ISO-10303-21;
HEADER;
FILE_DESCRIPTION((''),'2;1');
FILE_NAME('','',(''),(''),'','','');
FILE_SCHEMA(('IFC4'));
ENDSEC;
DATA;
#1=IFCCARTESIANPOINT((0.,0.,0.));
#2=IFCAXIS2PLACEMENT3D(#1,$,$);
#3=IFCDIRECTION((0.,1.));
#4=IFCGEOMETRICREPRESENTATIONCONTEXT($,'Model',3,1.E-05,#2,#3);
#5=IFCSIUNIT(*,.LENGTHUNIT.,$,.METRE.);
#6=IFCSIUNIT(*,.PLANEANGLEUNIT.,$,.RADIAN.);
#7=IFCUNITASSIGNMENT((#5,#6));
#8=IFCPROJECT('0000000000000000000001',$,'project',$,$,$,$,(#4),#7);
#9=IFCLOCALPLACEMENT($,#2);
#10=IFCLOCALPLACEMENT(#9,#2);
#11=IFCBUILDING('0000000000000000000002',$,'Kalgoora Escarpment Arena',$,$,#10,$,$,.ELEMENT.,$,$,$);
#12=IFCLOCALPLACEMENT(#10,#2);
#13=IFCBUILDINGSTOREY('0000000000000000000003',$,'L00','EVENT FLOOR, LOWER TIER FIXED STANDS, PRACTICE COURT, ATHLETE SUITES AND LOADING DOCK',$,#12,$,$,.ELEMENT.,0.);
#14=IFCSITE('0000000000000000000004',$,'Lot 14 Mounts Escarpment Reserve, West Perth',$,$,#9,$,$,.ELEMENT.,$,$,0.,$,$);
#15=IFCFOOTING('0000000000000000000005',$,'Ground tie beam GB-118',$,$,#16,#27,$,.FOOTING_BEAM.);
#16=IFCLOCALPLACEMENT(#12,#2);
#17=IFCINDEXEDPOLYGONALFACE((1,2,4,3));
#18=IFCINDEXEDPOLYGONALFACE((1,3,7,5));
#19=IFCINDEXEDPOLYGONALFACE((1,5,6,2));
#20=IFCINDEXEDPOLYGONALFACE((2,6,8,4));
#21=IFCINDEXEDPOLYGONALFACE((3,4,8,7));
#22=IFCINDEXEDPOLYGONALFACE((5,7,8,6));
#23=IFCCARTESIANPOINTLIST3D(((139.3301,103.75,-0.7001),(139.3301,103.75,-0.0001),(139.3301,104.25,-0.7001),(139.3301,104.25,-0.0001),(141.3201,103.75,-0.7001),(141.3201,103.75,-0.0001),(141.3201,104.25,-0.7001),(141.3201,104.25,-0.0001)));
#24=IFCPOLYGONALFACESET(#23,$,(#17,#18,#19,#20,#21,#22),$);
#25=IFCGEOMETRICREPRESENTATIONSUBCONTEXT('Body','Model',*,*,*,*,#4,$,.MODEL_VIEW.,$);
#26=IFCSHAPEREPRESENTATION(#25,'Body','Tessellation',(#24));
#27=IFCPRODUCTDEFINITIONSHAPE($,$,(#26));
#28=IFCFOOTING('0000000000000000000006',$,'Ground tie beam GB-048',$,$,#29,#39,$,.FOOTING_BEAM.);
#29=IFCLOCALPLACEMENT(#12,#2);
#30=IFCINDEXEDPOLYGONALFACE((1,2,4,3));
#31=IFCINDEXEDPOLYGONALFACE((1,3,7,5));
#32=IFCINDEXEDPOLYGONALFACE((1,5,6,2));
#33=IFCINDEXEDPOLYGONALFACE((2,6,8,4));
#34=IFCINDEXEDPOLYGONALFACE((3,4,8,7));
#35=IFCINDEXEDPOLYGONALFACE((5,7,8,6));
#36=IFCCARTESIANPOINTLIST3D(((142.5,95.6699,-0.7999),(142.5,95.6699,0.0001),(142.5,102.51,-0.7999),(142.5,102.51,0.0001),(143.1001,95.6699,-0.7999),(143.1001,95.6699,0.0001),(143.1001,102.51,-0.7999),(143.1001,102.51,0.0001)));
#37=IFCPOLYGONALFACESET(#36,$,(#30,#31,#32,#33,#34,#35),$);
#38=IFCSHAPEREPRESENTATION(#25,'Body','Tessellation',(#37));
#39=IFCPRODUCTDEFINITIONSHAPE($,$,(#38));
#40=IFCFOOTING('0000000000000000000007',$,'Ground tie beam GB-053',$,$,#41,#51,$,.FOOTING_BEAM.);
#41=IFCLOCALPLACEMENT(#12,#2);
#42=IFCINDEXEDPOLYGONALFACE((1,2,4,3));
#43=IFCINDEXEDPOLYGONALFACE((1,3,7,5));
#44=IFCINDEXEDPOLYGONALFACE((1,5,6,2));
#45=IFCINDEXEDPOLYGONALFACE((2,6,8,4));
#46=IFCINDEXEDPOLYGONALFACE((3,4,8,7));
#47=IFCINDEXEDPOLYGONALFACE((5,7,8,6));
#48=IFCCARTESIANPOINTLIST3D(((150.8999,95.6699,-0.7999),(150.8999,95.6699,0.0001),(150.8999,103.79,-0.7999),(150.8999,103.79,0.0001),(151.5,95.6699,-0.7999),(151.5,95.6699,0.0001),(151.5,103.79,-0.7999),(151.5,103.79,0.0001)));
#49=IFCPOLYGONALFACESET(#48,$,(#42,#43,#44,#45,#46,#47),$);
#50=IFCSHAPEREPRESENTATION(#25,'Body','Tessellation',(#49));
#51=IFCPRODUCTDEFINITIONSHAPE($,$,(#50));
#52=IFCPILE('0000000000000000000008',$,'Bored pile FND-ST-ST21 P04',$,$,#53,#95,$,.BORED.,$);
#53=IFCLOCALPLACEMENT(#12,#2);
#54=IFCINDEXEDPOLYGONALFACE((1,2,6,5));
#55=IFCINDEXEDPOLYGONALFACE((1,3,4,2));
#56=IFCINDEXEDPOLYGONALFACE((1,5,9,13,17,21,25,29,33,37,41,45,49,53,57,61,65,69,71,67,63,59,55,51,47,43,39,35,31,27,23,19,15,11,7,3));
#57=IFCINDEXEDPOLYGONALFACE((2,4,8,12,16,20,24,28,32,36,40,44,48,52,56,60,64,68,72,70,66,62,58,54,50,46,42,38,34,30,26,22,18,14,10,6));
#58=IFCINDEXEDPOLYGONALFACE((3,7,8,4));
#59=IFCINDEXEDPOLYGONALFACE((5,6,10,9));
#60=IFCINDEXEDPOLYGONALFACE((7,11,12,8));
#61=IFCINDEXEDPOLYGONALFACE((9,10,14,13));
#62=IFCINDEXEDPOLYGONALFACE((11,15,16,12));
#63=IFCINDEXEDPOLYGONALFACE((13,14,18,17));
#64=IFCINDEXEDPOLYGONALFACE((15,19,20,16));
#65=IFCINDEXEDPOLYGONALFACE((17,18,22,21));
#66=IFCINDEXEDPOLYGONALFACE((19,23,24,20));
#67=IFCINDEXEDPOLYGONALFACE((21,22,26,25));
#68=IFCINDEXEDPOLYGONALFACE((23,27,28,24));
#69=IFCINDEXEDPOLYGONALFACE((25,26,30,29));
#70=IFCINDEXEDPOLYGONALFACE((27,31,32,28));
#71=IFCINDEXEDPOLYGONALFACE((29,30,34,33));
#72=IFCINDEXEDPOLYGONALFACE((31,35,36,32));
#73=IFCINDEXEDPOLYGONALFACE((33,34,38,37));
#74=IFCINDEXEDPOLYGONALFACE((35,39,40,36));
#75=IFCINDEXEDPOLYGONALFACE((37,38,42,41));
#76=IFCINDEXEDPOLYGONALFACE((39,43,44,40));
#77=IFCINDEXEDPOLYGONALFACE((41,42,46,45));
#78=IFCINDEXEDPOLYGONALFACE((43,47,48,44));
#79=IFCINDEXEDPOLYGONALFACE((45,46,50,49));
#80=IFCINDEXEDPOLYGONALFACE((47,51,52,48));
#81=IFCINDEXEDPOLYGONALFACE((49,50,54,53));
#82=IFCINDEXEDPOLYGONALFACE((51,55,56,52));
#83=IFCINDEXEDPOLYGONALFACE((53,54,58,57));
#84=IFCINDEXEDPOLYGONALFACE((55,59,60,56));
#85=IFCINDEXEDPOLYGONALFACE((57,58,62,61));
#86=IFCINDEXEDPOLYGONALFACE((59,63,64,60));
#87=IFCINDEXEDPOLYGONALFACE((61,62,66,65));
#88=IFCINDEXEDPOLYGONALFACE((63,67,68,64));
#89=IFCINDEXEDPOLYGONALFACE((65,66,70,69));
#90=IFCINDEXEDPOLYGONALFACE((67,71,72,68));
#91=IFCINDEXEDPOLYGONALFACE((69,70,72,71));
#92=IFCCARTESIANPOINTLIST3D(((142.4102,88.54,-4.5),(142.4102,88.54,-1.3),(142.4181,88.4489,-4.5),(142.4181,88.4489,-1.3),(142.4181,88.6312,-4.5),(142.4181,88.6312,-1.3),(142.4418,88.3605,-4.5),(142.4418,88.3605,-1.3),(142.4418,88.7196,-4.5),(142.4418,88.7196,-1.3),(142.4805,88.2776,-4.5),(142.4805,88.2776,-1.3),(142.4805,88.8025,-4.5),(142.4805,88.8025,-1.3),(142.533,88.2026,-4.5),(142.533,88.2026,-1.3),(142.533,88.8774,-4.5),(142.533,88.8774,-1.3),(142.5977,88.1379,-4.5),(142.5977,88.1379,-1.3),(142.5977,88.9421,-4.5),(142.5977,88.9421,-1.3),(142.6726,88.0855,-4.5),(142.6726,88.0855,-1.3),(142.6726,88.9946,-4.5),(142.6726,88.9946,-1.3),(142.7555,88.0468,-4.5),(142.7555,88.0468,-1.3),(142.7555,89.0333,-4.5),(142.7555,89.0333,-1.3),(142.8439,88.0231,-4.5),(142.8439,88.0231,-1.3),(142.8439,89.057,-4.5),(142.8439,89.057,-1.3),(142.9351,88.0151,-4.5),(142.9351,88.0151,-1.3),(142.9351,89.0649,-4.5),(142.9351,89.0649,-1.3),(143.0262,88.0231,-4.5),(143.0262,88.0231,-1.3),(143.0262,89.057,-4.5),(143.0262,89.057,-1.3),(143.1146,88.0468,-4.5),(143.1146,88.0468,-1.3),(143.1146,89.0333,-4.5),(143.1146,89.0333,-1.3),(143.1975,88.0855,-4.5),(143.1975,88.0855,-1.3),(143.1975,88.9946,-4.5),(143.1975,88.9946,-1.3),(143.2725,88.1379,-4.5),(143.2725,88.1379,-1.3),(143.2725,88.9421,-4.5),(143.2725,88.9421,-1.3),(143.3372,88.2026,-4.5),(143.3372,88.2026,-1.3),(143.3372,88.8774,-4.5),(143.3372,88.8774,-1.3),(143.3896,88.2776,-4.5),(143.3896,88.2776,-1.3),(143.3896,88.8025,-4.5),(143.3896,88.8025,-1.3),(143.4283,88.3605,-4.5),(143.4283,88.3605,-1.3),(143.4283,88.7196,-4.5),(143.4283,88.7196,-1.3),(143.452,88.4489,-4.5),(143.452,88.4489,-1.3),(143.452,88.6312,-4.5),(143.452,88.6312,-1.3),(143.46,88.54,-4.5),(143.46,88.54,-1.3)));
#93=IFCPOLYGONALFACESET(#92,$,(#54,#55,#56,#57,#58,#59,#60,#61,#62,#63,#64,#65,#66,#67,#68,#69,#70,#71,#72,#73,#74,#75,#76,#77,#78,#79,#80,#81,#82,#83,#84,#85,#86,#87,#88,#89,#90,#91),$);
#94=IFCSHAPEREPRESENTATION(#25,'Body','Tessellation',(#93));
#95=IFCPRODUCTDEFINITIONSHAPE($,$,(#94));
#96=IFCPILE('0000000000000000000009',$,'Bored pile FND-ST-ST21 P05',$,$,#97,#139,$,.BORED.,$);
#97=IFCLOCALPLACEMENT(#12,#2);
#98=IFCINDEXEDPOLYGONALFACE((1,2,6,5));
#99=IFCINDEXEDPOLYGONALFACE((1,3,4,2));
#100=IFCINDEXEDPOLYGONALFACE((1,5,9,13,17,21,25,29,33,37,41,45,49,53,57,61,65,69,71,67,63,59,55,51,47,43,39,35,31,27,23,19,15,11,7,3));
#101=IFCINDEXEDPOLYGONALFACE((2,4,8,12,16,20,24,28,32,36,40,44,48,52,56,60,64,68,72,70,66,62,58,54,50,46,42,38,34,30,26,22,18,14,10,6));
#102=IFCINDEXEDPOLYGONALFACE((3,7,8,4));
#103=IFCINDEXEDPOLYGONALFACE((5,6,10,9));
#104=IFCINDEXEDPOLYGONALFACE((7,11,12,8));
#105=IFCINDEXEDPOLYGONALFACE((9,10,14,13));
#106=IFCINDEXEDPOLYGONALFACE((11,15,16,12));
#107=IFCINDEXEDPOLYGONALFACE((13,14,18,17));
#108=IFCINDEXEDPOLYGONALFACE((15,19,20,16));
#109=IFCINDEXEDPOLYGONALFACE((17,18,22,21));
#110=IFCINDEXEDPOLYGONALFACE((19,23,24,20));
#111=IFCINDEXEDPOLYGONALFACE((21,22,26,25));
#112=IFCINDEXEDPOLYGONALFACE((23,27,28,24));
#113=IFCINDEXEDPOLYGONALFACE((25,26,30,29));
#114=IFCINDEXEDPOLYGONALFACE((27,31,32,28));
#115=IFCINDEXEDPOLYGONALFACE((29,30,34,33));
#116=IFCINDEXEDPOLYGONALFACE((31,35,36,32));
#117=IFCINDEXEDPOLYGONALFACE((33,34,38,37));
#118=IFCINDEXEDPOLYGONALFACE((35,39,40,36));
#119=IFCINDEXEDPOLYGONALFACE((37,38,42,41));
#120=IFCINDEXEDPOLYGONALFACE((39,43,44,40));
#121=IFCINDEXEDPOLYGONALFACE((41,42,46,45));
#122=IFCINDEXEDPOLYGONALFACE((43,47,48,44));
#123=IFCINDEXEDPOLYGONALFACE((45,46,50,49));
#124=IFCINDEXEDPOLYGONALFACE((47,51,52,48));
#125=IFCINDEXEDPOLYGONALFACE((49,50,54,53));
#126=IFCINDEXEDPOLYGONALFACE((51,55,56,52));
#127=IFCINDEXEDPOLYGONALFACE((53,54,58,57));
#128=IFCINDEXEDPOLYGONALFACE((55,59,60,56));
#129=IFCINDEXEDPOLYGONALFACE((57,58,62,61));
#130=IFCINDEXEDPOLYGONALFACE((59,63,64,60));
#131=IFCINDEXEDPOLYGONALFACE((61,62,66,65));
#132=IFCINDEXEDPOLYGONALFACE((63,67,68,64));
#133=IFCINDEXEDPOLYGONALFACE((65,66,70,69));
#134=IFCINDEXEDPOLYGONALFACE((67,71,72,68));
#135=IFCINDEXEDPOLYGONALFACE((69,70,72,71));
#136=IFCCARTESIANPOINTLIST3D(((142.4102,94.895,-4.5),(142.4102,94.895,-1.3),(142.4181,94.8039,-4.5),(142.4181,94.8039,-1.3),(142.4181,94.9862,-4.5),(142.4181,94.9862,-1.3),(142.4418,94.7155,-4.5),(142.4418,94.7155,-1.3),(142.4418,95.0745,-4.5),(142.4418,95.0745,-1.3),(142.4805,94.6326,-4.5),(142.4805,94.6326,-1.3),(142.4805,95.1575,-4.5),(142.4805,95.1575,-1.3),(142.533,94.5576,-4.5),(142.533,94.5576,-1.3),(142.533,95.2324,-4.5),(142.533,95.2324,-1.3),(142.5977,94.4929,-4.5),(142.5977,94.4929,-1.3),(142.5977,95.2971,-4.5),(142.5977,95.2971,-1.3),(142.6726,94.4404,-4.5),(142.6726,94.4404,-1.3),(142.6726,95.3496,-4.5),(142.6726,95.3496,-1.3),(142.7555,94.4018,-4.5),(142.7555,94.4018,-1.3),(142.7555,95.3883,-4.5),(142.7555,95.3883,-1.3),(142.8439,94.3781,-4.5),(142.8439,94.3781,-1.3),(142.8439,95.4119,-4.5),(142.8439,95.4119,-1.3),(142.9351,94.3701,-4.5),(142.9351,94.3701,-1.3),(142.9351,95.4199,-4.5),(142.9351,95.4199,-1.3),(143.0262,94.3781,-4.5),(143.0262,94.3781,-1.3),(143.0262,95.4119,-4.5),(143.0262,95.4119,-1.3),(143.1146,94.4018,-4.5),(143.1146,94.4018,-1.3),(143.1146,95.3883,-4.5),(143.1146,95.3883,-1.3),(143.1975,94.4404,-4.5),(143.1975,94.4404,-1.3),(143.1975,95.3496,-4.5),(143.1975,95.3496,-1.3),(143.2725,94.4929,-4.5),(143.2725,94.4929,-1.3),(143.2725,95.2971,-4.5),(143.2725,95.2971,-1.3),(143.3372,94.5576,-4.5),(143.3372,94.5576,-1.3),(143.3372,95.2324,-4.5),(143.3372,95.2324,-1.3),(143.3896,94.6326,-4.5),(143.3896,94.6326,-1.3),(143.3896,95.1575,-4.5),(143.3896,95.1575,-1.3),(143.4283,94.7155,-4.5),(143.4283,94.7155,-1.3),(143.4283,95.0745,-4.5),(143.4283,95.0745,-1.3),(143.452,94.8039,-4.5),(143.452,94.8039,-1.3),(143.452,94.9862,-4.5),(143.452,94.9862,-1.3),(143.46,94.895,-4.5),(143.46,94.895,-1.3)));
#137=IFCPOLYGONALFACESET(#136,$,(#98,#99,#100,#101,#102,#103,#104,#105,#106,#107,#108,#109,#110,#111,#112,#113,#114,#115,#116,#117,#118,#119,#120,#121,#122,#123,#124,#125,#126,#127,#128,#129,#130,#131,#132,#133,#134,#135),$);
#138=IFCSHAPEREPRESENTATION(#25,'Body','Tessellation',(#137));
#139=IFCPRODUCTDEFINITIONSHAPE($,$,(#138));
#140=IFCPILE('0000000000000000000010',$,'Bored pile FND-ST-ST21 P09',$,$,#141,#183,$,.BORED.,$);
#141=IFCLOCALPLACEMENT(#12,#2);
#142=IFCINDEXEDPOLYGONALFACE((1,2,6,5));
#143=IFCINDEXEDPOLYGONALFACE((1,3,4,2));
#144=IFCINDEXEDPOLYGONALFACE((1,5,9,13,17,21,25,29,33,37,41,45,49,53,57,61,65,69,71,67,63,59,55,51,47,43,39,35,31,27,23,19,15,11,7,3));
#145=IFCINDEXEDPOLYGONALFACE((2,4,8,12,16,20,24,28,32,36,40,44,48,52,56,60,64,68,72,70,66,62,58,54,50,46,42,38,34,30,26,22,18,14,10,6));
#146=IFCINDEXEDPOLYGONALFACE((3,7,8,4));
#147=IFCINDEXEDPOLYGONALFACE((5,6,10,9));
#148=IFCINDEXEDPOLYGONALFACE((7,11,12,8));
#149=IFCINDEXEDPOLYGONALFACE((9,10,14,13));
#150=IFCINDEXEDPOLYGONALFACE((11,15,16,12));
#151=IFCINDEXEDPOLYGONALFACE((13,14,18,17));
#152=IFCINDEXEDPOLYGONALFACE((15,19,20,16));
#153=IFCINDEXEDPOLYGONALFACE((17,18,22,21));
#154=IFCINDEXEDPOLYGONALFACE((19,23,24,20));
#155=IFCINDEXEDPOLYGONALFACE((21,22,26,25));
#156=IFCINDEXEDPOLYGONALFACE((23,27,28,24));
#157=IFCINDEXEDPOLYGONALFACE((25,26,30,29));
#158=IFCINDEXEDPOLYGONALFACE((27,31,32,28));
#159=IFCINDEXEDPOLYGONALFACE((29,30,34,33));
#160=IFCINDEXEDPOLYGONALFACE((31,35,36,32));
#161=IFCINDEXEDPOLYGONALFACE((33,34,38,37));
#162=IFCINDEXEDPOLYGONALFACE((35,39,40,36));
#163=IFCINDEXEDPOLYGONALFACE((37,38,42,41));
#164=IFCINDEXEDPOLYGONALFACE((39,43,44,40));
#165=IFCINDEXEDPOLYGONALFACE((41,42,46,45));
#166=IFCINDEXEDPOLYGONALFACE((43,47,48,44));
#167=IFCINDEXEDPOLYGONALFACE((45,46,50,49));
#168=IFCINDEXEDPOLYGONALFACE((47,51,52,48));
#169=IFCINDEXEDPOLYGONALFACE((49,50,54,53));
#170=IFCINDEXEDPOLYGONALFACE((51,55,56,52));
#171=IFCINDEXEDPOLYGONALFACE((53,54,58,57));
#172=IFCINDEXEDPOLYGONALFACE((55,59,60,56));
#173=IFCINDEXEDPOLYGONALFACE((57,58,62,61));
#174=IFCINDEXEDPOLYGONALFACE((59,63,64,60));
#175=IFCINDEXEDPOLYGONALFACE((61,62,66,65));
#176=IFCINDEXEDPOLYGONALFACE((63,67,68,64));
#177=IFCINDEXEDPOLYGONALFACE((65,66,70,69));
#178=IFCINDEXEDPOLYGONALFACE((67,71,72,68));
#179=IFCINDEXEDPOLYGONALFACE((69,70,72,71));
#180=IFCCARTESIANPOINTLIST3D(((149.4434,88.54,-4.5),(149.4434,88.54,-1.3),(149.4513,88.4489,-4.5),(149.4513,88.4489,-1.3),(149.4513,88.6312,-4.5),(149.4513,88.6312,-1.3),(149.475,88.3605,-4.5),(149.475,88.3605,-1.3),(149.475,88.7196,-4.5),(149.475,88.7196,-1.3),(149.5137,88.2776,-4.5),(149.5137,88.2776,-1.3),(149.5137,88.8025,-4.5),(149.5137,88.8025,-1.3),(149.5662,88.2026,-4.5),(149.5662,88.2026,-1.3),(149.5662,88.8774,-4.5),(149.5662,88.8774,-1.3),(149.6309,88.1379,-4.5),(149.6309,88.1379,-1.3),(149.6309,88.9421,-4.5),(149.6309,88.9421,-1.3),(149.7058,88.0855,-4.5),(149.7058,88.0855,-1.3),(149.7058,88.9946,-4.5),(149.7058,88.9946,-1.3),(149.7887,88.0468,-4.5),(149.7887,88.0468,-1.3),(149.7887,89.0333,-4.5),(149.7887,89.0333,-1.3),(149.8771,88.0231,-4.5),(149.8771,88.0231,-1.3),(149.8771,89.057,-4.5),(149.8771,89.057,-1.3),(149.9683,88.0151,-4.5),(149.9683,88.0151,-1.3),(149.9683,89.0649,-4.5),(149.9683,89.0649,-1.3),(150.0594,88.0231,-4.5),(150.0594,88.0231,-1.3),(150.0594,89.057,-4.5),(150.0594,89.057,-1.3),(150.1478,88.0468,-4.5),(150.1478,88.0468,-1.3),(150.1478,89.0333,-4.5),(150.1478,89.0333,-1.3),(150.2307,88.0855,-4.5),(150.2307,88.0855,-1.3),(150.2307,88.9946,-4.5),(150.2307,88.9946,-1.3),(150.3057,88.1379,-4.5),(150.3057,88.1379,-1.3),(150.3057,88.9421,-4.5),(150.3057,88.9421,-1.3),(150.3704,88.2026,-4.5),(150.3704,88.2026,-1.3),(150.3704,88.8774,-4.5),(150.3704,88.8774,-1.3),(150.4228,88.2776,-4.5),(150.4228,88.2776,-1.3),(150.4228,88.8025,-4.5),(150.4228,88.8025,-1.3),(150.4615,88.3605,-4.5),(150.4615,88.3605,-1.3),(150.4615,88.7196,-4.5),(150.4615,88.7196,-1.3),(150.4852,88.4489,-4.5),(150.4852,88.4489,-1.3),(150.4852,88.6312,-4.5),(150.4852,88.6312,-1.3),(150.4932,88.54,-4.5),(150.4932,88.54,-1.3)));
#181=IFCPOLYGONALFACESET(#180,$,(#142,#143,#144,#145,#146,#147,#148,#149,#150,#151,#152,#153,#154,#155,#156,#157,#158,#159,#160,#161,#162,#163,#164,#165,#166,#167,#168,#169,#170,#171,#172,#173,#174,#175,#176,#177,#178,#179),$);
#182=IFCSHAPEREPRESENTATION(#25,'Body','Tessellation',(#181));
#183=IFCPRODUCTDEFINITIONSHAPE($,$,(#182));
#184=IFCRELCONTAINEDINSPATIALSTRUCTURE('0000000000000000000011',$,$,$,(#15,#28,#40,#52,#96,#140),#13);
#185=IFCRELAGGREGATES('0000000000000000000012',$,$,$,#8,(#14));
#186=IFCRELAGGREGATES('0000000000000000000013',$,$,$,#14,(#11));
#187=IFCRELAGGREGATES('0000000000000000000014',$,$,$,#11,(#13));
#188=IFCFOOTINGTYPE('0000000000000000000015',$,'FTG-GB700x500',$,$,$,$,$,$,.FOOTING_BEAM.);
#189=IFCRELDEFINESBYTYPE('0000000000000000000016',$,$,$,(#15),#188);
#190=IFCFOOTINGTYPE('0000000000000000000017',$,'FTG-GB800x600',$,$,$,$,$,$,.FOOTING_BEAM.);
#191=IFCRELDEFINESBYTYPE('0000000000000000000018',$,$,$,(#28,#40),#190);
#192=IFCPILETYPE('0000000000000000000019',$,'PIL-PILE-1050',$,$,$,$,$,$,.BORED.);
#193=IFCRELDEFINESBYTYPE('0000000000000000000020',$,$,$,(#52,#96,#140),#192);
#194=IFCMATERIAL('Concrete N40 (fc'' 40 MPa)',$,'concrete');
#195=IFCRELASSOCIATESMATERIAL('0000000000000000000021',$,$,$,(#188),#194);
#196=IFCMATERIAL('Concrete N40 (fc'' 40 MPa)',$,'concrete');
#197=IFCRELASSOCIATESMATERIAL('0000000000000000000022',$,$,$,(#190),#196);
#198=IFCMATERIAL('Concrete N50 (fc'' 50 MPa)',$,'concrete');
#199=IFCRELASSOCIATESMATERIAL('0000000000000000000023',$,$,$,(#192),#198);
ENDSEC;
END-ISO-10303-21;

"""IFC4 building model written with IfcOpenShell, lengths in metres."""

from ifc_helpers import new_model, si_unit, direction, frame, origin, origin_2d, place, context, subcontext, project, spatial, rectangle, circle, extrude, material, material_profile, profile_set, type_object, element, save


model = new_model("IFC4")

# Units and contexts
model_context = context("Model", 3, precision=1e-05, world=origin(), true_north=direction((0.0, 1.0)))
body_context = subcontext(model_context, "Body", "Model", "MODEL_VIEW")
ifc_project = project(units=[si_unit("LENGTHUNIT", "METRE"), si_unit("PLANEANGLEUNIT", "RADIAN")], contexts=[model_context])

# Site, building, storey
site_placement = place(None, origin())
site = spatial("IfcSite", under=ifc_project, at=site_placement, Name="Lot 14 Mounts Escarpment Reserve, West Perth", CompositionType="ELEMENT", RefElevation=0.0)
building_placement = place(site_placement, origin())
building = spatial("IfcBuilding", under=site, at=building_placement, Name="Kalgoora Escarpment Arena", CompositionType="ELEMENT")
storey_placement = place(building_placement, origin())
storey = spatial("IfcBuildingStorey", under=building, at=storey_placement, Name="L00", Description="EVENT FLOOR, LOWER TIER FIXED STANDS, PRACTICE COURT, ATHLETE SUITES AND LOADING DOCK", CompositionType="ELEMENT", Elevation=0.0)

# Footings
ifc_material_1 = material(Name="Concrete N40 (fc' 40 MPa)", Category="concrete")
ifc_material_profile_1 = material_profile(ifc_material_1, rectangle(XDim=0.5, YDim=0.7, at=origin_2d()))
ifc_profile_set_1 = profile_set([ifc_material_profile_1], Name="Concrete N40 (fc' 40 MPa)")
footing_type_1 = type_object("IfcFootingType", Name="FTG-GB700x500", PredefinedType="FOOTING_BEAM", material=ifc_profile_set_1)
footing_1_placement = place(storey_placement, frame((139.3301, 104.0, -0.3501), z_axis=(1.0, 0.0, 0.0), x_axis=(0.0, 1.0, 0.0)))
element("IfcFooting", 1, at=footing_1_placement, inside=storey, type_object=footing_type_1, Name="Ground tie beam GB-118", PredefinedType="FOOTING_BEAM", context=body_context, shape_type="SweptSolid", body=[
    extrude(rectangle(XDim=0.5, YDim=0.7, at=origin_2d()), origin(), (0.0, 0.0, 1.0), 1.99),
])
ifc_material_2 = material(Name="Concrete N40 (fc' 40 MPa)", Category="concrete")
ifc_material_profile_2 = material_profile(ifc_material_2, rectangle(XDim=0.6001, YDim=0.8, at=origin_2d()))
ifc_profile_set_2 = profile_set([ifc_material_profile_2], Name="Concrete N40 (fc' 40 MPa)")
footing_type_2 = type_object("IfcFootingType", Name="FTG-GB800x600", PredefinedType="FOOTING_BEAM", material=ifc_profile_set_2)
footing_2_placement = place(storey_placement, frame((142.8, 95.6699, -0.3999), z_axis=(0.0, 1.0, 0.0), x_axis=(-1.0, 0.0, 0.0)))
element("IfcFooting", 2, at=footing_2_placement, inside=storey, type_object=footing_type_2, Name="Ground tie beam GB-048", PredefinedType="FOOTING_BEAM", context=body_context, shape_type="SweptSolid", body=[
    extrude(rectangle(XDim=0.6001, YDim=0.8, at=origin_2d()), origin(), (0.0, 0.0, 1.0), 6.8401),
])
footing_3_placement = place(storey_placement, frame((151.2, 95.6699, -0.3999), z_axis=(0.0, 1.0, 0.0), x_axis=(-1.0, 0.0, 0.0)))
element("IfcFooting", 3, at=footing_3_placement, inside=storey, type_object=footing_type_2, Name="Ground tie beam GB-053", PredefinedType="FOOTING_BEAM", context=body_context, shape_type="SweptSolid", body=[
    extrude(rectangle(XDim=0.6001, YDim=0.8, at=origin_2d()), origin(), (0.0, 0.0, 1.0), 8.1201),
])

# Piles
ifc_material_3 = material(Name="Concrete N50 (fc' 50 MPa)", Category="concrete")
ifc_material_profile_3 = material_profile(ifc_material_3, circle(Radius=0.5249, at=origin_2d()))
ifc_profile_set_3 = profile_set([ifc_material_profile_3], Name="Concrete N50 (fc' 50 MPa)")
pile_type_1 = type_object("IfcPileType", Name="PIL-PILE-1050", PredefinedType="BORED", material=ifc_profile_set_3)
for number, where, z_axis, x_axis, name in (
    (4, (142.9351, 88.54, -1.3), (0.0, 0.0, -1.0), (1.0, 0.0, 0.0), "Bored pile FND-ST-ST21 P04"),
    (5, (142.9351, 94.895, -1.3), (0.0, 0.0, -1.0), (1.0, 0.0, 0.0), "Bored pile FND-ST-ST21 P05"),
    (6, (149.9683, 88.54, -1.3), (0.0, 0.0, -1.0), (1.0, 0.0, 0.0), "Bored pile FND-ST-ST21 P09"),
):
    element("IfcPile", number, at=place(storey_placement, frame(where, z_axis=z_axis, x_axis=x_axis)), inside=storey, type_object=pile_type_1, Name=name, PredefinedType="BORED", context=body_context, shape_type="SweptSolid", body=[
        extrude(circle(Radius=0.5249, at=origin_2d()), origin(), (0.0, 0.0, 1.0), 3.2),
    ])

save(model, "model.ifc")
